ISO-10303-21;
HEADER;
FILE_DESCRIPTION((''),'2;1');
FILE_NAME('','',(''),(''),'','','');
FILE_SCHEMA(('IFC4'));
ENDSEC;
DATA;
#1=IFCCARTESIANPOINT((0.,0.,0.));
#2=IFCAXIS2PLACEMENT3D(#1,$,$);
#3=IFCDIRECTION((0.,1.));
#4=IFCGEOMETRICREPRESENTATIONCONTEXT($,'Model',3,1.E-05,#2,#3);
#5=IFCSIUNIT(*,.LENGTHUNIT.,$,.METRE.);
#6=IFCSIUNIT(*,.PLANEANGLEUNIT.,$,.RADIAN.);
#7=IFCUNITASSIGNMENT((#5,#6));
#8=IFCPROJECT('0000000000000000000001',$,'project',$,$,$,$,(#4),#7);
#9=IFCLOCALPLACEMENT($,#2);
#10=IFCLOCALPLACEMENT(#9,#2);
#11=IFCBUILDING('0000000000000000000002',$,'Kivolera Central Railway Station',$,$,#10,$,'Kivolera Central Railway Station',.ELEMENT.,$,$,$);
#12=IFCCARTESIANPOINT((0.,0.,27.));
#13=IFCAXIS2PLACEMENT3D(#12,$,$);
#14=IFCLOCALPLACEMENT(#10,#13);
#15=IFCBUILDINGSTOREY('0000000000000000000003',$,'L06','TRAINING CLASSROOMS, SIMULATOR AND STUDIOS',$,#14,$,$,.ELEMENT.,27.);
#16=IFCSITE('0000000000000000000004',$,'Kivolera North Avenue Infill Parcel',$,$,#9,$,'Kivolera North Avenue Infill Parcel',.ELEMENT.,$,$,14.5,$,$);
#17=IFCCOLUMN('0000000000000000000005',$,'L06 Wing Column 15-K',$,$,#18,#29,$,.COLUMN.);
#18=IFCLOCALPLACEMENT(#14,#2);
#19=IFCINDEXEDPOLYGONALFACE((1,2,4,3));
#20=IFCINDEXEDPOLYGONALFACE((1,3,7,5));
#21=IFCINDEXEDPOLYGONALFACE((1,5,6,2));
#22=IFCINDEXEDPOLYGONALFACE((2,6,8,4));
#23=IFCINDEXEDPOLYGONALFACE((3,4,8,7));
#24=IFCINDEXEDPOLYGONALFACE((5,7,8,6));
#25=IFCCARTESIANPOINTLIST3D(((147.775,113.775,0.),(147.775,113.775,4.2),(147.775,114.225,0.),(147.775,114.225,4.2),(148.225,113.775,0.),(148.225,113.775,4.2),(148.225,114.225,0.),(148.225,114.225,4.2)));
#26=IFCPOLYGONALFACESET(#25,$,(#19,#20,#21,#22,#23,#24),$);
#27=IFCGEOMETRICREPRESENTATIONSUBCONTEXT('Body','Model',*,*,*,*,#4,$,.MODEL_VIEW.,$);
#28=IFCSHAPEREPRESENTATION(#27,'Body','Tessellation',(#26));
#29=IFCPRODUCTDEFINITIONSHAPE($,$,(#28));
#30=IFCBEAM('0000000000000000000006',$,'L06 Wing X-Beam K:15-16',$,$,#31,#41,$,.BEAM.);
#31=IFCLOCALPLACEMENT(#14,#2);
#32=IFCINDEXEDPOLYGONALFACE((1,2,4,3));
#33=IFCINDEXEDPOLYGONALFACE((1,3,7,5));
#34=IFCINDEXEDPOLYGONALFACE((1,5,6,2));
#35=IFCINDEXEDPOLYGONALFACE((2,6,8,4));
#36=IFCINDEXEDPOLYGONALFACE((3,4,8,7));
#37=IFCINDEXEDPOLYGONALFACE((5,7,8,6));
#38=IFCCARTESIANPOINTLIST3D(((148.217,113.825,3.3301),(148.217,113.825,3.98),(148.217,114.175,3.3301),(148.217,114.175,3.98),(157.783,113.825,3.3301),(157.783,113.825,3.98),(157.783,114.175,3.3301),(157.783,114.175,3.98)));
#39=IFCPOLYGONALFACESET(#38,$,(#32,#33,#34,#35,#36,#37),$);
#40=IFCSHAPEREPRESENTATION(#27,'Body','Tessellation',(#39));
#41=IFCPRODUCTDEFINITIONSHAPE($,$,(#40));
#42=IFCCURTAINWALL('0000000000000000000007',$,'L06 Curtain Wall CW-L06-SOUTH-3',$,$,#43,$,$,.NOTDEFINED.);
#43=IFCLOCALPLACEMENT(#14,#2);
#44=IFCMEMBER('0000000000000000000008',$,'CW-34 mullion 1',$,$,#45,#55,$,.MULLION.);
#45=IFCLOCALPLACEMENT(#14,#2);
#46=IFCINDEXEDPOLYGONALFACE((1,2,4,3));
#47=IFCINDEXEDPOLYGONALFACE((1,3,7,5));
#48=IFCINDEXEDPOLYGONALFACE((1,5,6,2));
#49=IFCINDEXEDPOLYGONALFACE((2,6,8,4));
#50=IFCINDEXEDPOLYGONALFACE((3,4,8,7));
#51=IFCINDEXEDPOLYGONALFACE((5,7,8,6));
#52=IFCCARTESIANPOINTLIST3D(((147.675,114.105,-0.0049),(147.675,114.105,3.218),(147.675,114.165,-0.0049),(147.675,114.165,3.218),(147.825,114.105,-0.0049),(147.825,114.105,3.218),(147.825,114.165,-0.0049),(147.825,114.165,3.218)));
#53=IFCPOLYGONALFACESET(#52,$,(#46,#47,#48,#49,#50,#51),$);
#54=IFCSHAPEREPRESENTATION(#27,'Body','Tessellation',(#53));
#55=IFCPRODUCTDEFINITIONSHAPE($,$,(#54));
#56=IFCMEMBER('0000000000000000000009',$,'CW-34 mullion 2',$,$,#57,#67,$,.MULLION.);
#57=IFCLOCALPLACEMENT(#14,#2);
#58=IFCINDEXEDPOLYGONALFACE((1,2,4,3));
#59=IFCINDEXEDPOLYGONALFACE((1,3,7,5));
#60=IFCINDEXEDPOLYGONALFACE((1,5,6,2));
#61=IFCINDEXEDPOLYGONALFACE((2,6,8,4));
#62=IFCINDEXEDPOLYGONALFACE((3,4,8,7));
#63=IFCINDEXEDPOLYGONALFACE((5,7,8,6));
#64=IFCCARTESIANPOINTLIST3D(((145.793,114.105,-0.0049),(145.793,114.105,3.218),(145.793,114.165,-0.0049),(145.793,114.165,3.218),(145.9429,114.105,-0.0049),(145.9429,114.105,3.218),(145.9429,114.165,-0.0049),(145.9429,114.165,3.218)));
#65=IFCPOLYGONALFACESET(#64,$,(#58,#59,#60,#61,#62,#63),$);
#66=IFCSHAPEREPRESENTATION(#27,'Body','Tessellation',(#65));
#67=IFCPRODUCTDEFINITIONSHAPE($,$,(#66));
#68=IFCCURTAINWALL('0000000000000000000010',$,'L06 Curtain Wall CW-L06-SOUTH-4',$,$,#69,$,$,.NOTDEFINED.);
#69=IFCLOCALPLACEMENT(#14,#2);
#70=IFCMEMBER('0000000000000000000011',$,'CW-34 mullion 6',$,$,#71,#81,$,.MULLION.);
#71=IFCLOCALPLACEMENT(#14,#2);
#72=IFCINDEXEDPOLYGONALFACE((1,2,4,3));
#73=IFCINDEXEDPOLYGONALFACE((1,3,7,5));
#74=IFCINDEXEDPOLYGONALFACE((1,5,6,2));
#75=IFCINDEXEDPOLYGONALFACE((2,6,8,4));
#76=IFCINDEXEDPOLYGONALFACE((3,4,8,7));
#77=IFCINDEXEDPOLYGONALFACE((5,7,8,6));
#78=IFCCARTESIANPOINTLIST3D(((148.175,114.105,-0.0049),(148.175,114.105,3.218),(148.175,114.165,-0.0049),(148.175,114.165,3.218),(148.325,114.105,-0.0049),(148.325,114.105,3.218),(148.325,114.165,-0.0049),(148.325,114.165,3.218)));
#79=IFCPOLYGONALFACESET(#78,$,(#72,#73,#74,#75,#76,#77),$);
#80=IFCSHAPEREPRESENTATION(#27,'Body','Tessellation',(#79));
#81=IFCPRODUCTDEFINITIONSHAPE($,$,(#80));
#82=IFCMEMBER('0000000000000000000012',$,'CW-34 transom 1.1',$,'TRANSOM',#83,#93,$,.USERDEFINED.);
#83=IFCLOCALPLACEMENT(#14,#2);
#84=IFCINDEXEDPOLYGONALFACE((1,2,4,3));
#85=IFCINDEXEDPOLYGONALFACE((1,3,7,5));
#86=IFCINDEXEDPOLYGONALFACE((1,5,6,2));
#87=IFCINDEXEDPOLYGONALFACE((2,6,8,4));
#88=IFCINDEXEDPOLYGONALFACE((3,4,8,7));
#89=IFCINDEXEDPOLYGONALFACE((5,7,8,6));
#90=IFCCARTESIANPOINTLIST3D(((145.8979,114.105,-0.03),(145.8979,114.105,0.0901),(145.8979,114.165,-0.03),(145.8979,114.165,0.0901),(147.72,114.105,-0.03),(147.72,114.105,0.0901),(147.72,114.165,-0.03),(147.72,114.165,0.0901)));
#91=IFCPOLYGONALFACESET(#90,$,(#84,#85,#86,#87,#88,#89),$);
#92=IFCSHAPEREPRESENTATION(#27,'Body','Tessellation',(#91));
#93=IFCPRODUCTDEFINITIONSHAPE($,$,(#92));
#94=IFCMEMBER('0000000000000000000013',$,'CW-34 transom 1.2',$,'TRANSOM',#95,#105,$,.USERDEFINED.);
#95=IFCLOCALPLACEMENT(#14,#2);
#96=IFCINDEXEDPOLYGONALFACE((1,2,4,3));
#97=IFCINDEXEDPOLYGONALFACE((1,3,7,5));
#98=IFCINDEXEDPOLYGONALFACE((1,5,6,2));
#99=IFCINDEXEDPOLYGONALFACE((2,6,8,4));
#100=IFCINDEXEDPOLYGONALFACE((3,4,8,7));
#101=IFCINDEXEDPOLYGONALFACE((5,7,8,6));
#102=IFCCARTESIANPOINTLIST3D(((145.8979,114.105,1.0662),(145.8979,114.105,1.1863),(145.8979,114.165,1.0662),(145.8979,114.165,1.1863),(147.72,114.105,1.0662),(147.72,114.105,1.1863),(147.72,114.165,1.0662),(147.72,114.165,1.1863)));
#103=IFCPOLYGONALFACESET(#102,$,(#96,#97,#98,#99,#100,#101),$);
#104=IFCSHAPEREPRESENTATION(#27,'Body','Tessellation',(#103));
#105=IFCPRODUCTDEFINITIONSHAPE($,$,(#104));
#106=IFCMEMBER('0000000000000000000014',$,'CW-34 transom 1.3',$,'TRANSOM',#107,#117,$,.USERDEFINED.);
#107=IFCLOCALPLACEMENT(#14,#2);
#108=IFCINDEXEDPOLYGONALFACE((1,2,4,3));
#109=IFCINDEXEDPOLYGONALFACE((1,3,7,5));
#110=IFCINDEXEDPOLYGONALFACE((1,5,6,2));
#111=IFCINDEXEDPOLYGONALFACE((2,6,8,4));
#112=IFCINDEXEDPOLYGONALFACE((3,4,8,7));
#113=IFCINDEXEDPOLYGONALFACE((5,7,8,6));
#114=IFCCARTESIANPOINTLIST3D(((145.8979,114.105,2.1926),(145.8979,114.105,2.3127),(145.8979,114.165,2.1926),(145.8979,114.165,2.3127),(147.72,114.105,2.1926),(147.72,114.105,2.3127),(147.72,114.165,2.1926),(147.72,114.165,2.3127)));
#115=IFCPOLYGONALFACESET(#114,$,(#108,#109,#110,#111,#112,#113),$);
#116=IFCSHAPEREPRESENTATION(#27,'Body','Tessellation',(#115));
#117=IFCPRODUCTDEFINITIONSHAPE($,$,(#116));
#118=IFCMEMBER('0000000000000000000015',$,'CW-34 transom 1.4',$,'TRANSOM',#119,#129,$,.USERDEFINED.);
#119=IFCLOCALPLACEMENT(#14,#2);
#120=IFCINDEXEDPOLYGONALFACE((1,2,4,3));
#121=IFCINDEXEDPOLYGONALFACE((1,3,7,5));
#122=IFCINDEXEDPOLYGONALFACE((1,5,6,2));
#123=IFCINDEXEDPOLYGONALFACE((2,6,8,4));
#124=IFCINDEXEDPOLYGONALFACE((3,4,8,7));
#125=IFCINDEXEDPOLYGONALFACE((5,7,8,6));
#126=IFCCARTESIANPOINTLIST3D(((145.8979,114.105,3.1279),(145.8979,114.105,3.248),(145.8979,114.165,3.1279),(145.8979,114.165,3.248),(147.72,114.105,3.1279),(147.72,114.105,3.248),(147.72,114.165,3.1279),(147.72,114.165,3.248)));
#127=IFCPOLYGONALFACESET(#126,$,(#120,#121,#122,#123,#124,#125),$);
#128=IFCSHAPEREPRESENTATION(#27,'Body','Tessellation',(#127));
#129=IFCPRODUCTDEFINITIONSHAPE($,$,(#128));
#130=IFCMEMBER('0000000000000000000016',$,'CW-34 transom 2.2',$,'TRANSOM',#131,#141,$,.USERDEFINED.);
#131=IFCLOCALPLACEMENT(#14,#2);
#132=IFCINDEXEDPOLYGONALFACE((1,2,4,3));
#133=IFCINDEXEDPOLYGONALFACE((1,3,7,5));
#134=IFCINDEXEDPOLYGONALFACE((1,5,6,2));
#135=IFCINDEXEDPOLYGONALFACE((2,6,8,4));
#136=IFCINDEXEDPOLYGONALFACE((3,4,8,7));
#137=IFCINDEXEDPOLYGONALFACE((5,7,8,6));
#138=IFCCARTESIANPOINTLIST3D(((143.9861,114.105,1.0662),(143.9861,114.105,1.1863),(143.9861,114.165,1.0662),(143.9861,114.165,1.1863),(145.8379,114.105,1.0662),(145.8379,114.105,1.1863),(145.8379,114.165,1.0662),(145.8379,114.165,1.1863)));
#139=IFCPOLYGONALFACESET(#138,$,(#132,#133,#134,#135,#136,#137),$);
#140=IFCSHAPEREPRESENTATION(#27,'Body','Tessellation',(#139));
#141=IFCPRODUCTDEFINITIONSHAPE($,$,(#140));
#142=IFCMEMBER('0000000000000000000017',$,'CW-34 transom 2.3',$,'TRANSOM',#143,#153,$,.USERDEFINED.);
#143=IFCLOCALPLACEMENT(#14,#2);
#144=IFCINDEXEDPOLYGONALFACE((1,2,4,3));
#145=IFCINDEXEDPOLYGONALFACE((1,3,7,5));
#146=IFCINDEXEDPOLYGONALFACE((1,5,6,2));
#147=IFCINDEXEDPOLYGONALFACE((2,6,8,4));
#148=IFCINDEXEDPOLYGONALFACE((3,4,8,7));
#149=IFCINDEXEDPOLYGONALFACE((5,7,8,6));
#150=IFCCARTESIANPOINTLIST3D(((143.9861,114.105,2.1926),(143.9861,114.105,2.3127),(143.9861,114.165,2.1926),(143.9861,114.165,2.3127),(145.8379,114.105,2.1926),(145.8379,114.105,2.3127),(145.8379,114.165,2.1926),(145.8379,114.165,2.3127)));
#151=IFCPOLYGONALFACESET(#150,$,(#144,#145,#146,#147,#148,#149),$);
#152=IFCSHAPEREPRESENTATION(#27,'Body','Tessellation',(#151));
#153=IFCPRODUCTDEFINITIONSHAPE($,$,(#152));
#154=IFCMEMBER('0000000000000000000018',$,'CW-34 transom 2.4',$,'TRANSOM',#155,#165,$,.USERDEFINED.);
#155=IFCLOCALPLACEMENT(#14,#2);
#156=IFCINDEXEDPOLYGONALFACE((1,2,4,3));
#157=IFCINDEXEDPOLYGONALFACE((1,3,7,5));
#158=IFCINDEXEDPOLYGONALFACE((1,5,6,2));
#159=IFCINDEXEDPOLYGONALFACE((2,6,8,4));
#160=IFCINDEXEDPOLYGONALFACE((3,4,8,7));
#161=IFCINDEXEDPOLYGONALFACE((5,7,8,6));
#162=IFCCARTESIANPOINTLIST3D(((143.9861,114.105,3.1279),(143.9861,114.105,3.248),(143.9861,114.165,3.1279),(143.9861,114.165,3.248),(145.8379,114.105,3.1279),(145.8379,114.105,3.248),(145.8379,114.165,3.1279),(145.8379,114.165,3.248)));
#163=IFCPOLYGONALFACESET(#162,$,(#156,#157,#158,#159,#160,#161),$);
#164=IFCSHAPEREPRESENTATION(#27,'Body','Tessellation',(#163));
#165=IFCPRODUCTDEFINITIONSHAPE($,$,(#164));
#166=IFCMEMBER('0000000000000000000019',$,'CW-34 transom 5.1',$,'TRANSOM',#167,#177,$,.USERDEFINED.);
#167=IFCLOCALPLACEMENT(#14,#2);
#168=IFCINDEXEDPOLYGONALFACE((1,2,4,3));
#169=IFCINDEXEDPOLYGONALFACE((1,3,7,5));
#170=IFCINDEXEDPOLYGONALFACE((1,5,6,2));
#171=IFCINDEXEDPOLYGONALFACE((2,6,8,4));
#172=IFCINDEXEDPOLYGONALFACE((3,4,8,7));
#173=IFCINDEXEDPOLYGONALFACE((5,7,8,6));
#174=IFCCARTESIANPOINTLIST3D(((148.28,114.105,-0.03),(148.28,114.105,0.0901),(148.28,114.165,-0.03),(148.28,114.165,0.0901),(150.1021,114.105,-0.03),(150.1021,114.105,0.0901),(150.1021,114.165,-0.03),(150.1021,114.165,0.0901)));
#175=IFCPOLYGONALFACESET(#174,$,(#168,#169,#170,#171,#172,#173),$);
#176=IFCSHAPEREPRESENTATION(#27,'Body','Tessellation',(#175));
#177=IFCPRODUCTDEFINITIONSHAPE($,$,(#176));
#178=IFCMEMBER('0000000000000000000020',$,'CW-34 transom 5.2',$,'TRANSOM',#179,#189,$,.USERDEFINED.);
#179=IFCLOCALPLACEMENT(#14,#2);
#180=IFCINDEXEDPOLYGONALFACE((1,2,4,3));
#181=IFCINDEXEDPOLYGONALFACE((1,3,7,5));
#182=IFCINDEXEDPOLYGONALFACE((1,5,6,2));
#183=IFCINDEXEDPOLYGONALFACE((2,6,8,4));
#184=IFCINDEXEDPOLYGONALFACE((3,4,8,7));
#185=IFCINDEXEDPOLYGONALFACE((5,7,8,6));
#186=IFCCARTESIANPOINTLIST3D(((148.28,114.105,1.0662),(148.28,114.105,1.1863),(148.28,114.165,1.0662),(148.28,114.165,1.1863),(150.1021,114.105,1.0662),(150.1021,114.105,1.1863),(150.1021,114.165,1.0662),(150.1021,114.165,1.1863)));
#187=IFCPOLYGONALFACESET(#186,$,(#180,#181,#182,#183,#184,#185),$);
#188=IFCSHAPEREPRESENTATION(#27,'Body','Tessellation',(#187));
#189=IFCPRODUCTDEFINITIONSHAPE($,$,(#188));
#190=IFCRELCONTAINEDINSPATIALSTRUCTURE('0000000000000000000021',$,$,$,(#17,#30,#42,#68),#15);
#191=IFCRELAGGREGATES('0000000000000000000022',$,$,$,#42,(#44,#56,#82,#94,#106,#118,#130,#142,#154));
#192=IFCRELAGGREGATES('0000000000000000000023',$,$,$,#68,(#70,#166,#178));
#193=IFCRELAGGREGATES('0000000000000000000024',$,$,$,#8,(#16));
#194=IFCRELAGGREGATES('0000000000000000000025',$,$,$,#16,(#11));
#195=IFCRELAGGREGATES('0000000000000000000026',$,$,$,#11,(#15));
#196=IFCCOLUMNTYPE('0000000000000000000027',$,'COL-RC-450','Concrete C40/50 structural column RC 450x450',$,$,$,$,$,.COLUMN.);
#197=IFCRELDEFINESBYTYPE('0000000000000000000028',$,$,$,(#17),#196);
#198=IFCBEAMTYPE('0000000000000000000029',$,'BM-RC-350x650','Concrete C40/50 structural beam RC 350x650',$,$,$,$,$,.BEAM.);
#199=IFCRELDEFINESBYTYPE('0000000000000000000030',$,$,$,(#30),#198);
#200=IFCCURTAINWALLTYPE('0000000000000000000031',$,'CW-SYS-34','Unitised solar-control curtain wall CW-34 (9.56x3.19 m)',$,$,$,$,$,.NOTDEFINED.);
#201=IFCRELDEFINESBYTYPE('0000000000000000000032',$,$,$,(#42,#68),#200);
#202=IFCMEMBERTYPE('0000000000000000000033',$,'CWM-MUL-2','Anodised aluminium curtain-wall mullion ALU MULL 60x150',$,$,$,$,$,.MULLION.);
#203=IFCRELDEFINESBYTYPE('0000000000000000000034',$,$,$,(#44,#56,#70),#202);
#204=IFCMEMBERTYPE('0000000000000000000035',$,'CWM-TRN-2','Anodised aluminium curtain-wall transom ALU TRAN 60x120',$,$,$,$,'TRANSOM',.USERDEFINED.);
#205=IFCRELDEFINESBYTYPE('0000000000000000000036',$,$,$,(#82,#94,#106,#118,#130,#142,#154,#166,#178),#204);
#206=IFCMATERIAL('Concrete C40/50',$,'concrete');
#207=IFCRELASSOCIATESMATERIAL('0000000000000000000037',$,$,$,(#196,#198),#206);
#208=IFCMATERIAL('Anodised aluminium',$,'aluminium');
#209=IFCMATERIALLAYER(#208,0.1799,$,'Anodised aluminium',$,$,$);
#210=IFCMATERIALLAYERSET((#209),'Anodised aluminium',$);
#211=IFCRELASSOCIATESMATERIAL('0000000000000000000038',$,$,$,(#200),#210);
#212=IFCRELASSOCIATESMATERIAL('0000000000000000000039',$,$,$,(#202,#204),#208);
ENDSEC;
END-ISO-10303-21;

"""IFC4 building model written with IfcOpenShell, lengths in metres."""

from ifc_helpers import new_model, si_unit, direction, frame, origin, origin_2d, place, context, subcontext, project, spatial, rectangle, extrude, material, layer, layer_set, material_profile, profile_set, type_object, element, aggregate, save


model = new_model("IFC4")

# Units and contexts
model_context = context("Model", 3, precision=1e-05, world=origin(), true_north=direction((0.0, 1.0)))
body_context = subcontext(model_context, "Body", "Model", "MODEL_VIEW")
ifc_project = project(units=[si_unit("LENGTHUNIT", "METRE"), si_unit("PLANEANGLEUNIT", "RADIAN")], contexts=[model_context])

# Site, building, storey
site_placement = place(None, origin())
site = spatial("IfcSite", under=ifc_project, at=site_placement, Name="Kivolera North Avenue Infill Parcel", LongName="Kivolera North Avenue Infill Parcel", CompositionType="ELEMENT", RefElevation=14.5)
building_placement = place(site_placement, origin())
building = spatial("IfcBuilding", under=site, at=building_placement, Name="Kivolera Central Railway Station", LongName="Kivolera Central Railway Station", CompositionType="ELEMENT")
storey_placement = place(building_placement, frame((0.0, 0.0, 27.0)))
storey = spatial("IfcBuildingStorey", under=building, at=storey_placement, Name="L06", Description="TRAINING CLASSROOMS, SIMULATOR AND STUDIOS", CompositionType="ELEMENT", Elevation=27.0)

# Column
ifc_material_1 = material(Name="Concrete C40/50", Category="concrete")
ifc_material_profile_1 = material_profile(ifc_material_1, rectangle(XDim=0.45, YDim=0.45, at=origin_2d()), Name="RC 450x450")
ifc_profile_set_1 = profile_set([ifc_material_profile_1], Name="Concrete C40/50")
column_type = type_object("IfcColumnType", Name="COL-RC-450", Description="Concrete C40/50 structural column RC 450x450", PredefinedType="COLUMN", material=ifc_profile_set_1)
column_placement = place(storey_placement, frame((148.0, 114.0, 0.0), z_axis=(0.0, 0.0, 1.0), x_axis=(1.0, 0.0, 0.0)))
element("IfcColumn", 1, at=column_placement, inside=storey, type_object=column_type, Name="L06 Wing Column 15-K", PredefinedType="COLUMN", context=body_context, shape_type="SweptSolid", body=[
    extrude(rectangle(XDim=0.45, YDim=0.45, at=origin_2d()), origin(), (0.0, 0.0, 1.0), 4.2),
])

# Beam
ifc_material_profile_2 = material_profile(ifc_material_1, rectangle(XDim=0.3501, YDim=0.6499, at=origin_2d()), Name="RC 350x650")
ifc_profile_set_2 = profile_set([ifc_material_profile_2], Name="Concrete C40/50")
beam_type = type_object("IfcBeamType", Name="BM-RC-350x650", Description="Concrete C40/50 structural beam RC 350x650", PredefinedType="BEAM", material=ifc_profile_set_2)
beam_placement = place(storey_placement, frame((148.217, 114.0, 3.655), z_axis=(1.0, 0.0, 0.0), x_axis=(0.0, 1.0, 0.0)))
element("IfcBeam", 2, at=beam_placement, inside=storey, type_object=beam_type, Name="L06 Wing X-Beam K:15-16", PredefinedType="BEAM", context=body_context, shape_type="SweptSolid", body=[
    extrude(rectangle(XDim=0.3501, YDim=0.6499, at=origin_2d()), origin(), (0.0, 0.0, 1.0), 9.5659),
])

# Curtain wall, members
ifc_material_2 = material(Name="Anodised aluminium", Category="aluminium")
ifc_layer_1 = layer(ifc_material_2, 0.1799, Name="Anodised aluminium")
ifc_layer_set_1 = layer_set([ifc_layer_1], Name="Anodised aluminium")
curtain_wall_type = type_object("IfcCurtainWallType", Name="CW-SYS-34", Description="Unitised solar-control curtain wall CW-34 (9.56x3.19 m)", PredefinedType="NOTDEFINED", material=ifc_layer_set_1)
curtain_wall_1_placement = place(storey_placement, origin())
curtain_wall_1 = element("IfcCurtainWall", 3, at=curtain_wall_1_placement, inside=storey, type_object=curtain_wall_type, Name="L06 Curtain Wall CW-L06-SOUTH-3", PredefinedType="NOTDEFINED")
ifc_material_profile_3 = material_profile(ifc_material_2, rectangle(XDim=0.0601, YDim=0.1499, at=origin_2d()), Name="ALU MULL 60x150")
ifc_profile_set_3 = profile_set([ifc_material_profile_3], Name="Anodised aluminium")
member_type_1 = type_object("IfcMemberType", Name="CWM-MUL-2", Description="Anodised aluminium curtain-wall mullion ALU MULL 60x150", PredefinedType="MULLION", material=ifc_profile_set_3)
member_1_placement = place(storey_placement, frame((147.75, 114.135, -0.0049), z_axis=(0.0, 0.0, 1.0), x_axis=(0.0, -1.0, 0.0)))
member_1 = element("IfcMember", 4, at=member_1_placement, type_object=member_type_1, Name="CW-34 mullion 1", PredefinedType="MULLION", context=body_context, shape_type="SweptSolid", body=[
    extrude(rectangle(XDim=0.0601, YDim=0.1499, at=origin_2d()), origin(), (0.0, 0.0, 1.0), 3.2229),
])
member_2_placement = place(storey_placement, frame((145.8679, 114.135, -0.0049), z_axis=(0.0, 0.0, 1.0), x_axis=(0.0, -1.0, 0.0)))
member_2 = element("IfcMember", 5, at=member_2_placement, type_object=member_type_1, Name="CW-34 mullion 2", PredefinedType="MULLION", context=body_context, shape_type="SweptSolid", body=[
    extrude(rectangle(XDim=0.0601, YDim=0.1499, at=origin_2d()), origin(), (0.0, 0.0, 1.0), 3.2229),
])

# Curtain wall, member
curtain_wall_2_placement = place(storey_placement, origin())
curtain_wall_2 = element("IfcCurtainWall", 6, at=curtain_wall_2_placement, inside=storey, type_object=curtain_wall_type, Name="L06 Curtain Wall CW-L06-SOUTH-4", PredefinedType="NOTDEFINED")
member_3_placement = place(storey_placement, frame((148.25, 114.135, -0.0049), z_axis=(0.0, 0.0, 1.0), x_axis=(0.0, -1.0, 0.0)))
member_3 = element("IfcMember", 7, at=member_3_placement, type_object=member_type_1, Name="CW-34 mullion 6", PredefinedType="MULLION", context=body_context, shape_type="SweptSolid", body=[
    extrude(rectangle(XDim=0.0601, YDim=0.1499, at=origin_2d()), origin(), (0.0, 0.0, 1.0), 3.2229),
])

# Members
ifc_material_profile_4 = material_profile(ifc_material_2, rectangle(XDim=0.0601, YDim=0.1201, at=origin_2d()), Name="ALU TRAN 60x120")
ifc_profile_set_4 = profile_set([ifc_material_profile_4], Name="Anodised aluminium")
member_type_2 = type_object("IfcMemberType", Name="CWM-TRN-2", Description="Anodised aluminium curtain-wall transom ALU TRAN 60x120", ElementType="TRANSOM", PredefinedType="USERDEFINED", material=ifc_profile_set_4)
member_4_placement = place(storey_placement, frame((147.72, 114.135, 0.03), z_axis=(-1.0, 0.0, 0.0), x_axis=(0.0, -1.0, 0.0)))
member_4 = element("IfcMember", 8, at=member_4_placement, type_object=member_type_2, Name="CW-34 transom 1.1", ObjectType="TRANSOM", PredefinedType="USERDEFINED", context=body_context, shape_type="SweptSolid", body=[
    extrude(rectangle(XDim=0.0601, YDim=0.1201, at=origin_2d()), origin(), (0.0, 0.0, 1.0), 1.822),
])
member_5_placement = place(storey_placement, frame((147.72, 114.135, 1.1262), z_axis=(-1.0, 0.0, 0.0), x_axis=(0.0, -1.0, 0.0)))
member_5 = element("IfcMember", 9, at=member_5_placement, type_object=member_type_2, Name="CW-34 transom 1.2", ObjectType="TRANSOM", PredefinedType="USERDEFINED", context=body_context, shape_type="SweptSolid", body=[
    extrude(rectangle(XDim=0.0601, YDim=0.1201, at=origin_2d()), origin(), (0.0, 0.0, 1.0), 1.822),
])
member_6_placement = place(storey_placement, frame((147.72, 114.135, 2.2527), z_axis=(-1.0, 0.0, 0.0), x_axis=(0.0, -1.0, 0.0)))
member_6 = element("IfcMember", 10, at=member_6_placement, type_object=member_type_2, Name="CW-34 transom 1.3", ObjectType="TRANSOM", PredefinedType="USERDEFINED", context=body_context, shape_type="SweptSolid", body=[
    extrude(rectangle(XDim=0.0601, YDim=0.1201, at=origin_2d()), origin(), (0.0, 0.0, 1.0), 1.822),
])
member_7_placement = place(storey_placement, frame((147.72, 114.135, 3.188), z_axis=(-1.0, 0.0, 0.0), x_axis=(0.0, -1.0, 0.0)))
member_7 = element("IfcMember", 11, at=member_7_placement, type_object=member_type_2, Name="CW-34 transom 1.4", ObjectType="TRANSOM", PredefinedType="USERDEFINED", context=body_context, shape_type="SweptSolid", body=[
    extrude(rectangle(XDim=0.0601, YDim=0.1201, at=origin_2d()), origin(), (0.0, 0.0, 1.0), 1.822),
])
member_8_placement = place(storey_placement, frame((145.8379, 114.135, 1.1262), z_axis=(-1.0, 0.0, 0.0), x_axis=(0.0, -1.0, 0.0)))
member_8 = element("IfcMember", 12, at=member_8_placement, type_object=member_type_2, Name="CW-34 transom 2.2", ObjectType="TRANSOM", PredefinedType="USERDEFINED", context=body_context, shape_type="SweptSolid", body=[
    extrude(rectangle(XDim=0.0601, YDim=0.1201, at=origin_2d()), origin(), (0.0, 0.0, 1.0), 1.8518),
])
member_9_placement = place(storey_placement, frame((145.8379, 114.135, 2.2527), z_axis=(-1.0, 0.0, 0.0), x_axis=(0.0, -1.0, 0.0)))
member_9 = element("IfcMember", 13, at=member_9_placement, type_object=member_type_2, Name="CW-34 transom 2.3", ObjectType="TRANSOM", PredefinedType="USERDEFINED", context=body_context, shape_type="SweptSolid", body=[
    extrude(rectangle(XDim=0.0601, YDim=0.1201, at=origin_2d()), origin(), (0.0, 0.0, 1.0), 1.8518),
])
member_10_placement = place(storey_placement, frame((145.8379, 114.135, 3.188), z_axis=(-1.0, 0.0, 0.0), x_axis=(0.0, -1.0, 0.0)))
member_10 = element("IfcMember", 14, at=member_10_placement, type_object=member_type_2, Name="CW-34 transom 2.4", ObjectType="TRANSOM", PredefinedType="USERDEFINED", context=body_context, shape_type="SweptSolid", body=[
    extrude(rectangle(XDim=0.0601, YDim=0.1201, at=origin_2d()), origin(), (0.0, 0.0, 1.0), 1.8518),
])
member_11_placement = place(storey_placement, frame((150.1021, 114.135, 0.03), z_axis=(-1.0, 0.0, 0.0), x_axis=(0.0, -1.0, 0.0)))
member_11 = element("IfcMember", 15, at=member_11_placement, type_object=member_type_2, Name="CW-34 transom 5.1", ObjectType="TRANSOM", PredefinedType="USERDEFINED", context=body_context, shape_type="SweptSolid", body=[
    extrude(rectangle(XDim=0.0601, YDim=0.1201, at=origin_2d()), origin(), (0.0, 0.0, 1.0), 1.822),
])
member_12_placement = place(storey_placement, frame((150.1021, 114.135, 1.1262), z_axis=(-1.0, 0.0, 0.0), x_axis=(0.0, -1.0, 0.0)))
member_12 = element("IfcMember", 16, at=member_12_placement, type_object=member_type_2, Name="CW-34 transom 5.2", ObjectType="TRANSOM", PredefinedType="USERDEFINED", context=body_context, shape_type="SweptSolid", body=[
    extrude(rectangle(XDim=0.0601, YDim=0.1201, at=origin_2d()), origin(), (0.0, 0.0, 1.0), 1.822),
])

aggregate(curtain_wall_1, [member_1, member_2, member_4, member_5, member_6, member_7, member_8, member_9, member_10])
aggregate(curtain_wall_2, [member_3, member_11, member_12])

save(model, "model.ifc")
